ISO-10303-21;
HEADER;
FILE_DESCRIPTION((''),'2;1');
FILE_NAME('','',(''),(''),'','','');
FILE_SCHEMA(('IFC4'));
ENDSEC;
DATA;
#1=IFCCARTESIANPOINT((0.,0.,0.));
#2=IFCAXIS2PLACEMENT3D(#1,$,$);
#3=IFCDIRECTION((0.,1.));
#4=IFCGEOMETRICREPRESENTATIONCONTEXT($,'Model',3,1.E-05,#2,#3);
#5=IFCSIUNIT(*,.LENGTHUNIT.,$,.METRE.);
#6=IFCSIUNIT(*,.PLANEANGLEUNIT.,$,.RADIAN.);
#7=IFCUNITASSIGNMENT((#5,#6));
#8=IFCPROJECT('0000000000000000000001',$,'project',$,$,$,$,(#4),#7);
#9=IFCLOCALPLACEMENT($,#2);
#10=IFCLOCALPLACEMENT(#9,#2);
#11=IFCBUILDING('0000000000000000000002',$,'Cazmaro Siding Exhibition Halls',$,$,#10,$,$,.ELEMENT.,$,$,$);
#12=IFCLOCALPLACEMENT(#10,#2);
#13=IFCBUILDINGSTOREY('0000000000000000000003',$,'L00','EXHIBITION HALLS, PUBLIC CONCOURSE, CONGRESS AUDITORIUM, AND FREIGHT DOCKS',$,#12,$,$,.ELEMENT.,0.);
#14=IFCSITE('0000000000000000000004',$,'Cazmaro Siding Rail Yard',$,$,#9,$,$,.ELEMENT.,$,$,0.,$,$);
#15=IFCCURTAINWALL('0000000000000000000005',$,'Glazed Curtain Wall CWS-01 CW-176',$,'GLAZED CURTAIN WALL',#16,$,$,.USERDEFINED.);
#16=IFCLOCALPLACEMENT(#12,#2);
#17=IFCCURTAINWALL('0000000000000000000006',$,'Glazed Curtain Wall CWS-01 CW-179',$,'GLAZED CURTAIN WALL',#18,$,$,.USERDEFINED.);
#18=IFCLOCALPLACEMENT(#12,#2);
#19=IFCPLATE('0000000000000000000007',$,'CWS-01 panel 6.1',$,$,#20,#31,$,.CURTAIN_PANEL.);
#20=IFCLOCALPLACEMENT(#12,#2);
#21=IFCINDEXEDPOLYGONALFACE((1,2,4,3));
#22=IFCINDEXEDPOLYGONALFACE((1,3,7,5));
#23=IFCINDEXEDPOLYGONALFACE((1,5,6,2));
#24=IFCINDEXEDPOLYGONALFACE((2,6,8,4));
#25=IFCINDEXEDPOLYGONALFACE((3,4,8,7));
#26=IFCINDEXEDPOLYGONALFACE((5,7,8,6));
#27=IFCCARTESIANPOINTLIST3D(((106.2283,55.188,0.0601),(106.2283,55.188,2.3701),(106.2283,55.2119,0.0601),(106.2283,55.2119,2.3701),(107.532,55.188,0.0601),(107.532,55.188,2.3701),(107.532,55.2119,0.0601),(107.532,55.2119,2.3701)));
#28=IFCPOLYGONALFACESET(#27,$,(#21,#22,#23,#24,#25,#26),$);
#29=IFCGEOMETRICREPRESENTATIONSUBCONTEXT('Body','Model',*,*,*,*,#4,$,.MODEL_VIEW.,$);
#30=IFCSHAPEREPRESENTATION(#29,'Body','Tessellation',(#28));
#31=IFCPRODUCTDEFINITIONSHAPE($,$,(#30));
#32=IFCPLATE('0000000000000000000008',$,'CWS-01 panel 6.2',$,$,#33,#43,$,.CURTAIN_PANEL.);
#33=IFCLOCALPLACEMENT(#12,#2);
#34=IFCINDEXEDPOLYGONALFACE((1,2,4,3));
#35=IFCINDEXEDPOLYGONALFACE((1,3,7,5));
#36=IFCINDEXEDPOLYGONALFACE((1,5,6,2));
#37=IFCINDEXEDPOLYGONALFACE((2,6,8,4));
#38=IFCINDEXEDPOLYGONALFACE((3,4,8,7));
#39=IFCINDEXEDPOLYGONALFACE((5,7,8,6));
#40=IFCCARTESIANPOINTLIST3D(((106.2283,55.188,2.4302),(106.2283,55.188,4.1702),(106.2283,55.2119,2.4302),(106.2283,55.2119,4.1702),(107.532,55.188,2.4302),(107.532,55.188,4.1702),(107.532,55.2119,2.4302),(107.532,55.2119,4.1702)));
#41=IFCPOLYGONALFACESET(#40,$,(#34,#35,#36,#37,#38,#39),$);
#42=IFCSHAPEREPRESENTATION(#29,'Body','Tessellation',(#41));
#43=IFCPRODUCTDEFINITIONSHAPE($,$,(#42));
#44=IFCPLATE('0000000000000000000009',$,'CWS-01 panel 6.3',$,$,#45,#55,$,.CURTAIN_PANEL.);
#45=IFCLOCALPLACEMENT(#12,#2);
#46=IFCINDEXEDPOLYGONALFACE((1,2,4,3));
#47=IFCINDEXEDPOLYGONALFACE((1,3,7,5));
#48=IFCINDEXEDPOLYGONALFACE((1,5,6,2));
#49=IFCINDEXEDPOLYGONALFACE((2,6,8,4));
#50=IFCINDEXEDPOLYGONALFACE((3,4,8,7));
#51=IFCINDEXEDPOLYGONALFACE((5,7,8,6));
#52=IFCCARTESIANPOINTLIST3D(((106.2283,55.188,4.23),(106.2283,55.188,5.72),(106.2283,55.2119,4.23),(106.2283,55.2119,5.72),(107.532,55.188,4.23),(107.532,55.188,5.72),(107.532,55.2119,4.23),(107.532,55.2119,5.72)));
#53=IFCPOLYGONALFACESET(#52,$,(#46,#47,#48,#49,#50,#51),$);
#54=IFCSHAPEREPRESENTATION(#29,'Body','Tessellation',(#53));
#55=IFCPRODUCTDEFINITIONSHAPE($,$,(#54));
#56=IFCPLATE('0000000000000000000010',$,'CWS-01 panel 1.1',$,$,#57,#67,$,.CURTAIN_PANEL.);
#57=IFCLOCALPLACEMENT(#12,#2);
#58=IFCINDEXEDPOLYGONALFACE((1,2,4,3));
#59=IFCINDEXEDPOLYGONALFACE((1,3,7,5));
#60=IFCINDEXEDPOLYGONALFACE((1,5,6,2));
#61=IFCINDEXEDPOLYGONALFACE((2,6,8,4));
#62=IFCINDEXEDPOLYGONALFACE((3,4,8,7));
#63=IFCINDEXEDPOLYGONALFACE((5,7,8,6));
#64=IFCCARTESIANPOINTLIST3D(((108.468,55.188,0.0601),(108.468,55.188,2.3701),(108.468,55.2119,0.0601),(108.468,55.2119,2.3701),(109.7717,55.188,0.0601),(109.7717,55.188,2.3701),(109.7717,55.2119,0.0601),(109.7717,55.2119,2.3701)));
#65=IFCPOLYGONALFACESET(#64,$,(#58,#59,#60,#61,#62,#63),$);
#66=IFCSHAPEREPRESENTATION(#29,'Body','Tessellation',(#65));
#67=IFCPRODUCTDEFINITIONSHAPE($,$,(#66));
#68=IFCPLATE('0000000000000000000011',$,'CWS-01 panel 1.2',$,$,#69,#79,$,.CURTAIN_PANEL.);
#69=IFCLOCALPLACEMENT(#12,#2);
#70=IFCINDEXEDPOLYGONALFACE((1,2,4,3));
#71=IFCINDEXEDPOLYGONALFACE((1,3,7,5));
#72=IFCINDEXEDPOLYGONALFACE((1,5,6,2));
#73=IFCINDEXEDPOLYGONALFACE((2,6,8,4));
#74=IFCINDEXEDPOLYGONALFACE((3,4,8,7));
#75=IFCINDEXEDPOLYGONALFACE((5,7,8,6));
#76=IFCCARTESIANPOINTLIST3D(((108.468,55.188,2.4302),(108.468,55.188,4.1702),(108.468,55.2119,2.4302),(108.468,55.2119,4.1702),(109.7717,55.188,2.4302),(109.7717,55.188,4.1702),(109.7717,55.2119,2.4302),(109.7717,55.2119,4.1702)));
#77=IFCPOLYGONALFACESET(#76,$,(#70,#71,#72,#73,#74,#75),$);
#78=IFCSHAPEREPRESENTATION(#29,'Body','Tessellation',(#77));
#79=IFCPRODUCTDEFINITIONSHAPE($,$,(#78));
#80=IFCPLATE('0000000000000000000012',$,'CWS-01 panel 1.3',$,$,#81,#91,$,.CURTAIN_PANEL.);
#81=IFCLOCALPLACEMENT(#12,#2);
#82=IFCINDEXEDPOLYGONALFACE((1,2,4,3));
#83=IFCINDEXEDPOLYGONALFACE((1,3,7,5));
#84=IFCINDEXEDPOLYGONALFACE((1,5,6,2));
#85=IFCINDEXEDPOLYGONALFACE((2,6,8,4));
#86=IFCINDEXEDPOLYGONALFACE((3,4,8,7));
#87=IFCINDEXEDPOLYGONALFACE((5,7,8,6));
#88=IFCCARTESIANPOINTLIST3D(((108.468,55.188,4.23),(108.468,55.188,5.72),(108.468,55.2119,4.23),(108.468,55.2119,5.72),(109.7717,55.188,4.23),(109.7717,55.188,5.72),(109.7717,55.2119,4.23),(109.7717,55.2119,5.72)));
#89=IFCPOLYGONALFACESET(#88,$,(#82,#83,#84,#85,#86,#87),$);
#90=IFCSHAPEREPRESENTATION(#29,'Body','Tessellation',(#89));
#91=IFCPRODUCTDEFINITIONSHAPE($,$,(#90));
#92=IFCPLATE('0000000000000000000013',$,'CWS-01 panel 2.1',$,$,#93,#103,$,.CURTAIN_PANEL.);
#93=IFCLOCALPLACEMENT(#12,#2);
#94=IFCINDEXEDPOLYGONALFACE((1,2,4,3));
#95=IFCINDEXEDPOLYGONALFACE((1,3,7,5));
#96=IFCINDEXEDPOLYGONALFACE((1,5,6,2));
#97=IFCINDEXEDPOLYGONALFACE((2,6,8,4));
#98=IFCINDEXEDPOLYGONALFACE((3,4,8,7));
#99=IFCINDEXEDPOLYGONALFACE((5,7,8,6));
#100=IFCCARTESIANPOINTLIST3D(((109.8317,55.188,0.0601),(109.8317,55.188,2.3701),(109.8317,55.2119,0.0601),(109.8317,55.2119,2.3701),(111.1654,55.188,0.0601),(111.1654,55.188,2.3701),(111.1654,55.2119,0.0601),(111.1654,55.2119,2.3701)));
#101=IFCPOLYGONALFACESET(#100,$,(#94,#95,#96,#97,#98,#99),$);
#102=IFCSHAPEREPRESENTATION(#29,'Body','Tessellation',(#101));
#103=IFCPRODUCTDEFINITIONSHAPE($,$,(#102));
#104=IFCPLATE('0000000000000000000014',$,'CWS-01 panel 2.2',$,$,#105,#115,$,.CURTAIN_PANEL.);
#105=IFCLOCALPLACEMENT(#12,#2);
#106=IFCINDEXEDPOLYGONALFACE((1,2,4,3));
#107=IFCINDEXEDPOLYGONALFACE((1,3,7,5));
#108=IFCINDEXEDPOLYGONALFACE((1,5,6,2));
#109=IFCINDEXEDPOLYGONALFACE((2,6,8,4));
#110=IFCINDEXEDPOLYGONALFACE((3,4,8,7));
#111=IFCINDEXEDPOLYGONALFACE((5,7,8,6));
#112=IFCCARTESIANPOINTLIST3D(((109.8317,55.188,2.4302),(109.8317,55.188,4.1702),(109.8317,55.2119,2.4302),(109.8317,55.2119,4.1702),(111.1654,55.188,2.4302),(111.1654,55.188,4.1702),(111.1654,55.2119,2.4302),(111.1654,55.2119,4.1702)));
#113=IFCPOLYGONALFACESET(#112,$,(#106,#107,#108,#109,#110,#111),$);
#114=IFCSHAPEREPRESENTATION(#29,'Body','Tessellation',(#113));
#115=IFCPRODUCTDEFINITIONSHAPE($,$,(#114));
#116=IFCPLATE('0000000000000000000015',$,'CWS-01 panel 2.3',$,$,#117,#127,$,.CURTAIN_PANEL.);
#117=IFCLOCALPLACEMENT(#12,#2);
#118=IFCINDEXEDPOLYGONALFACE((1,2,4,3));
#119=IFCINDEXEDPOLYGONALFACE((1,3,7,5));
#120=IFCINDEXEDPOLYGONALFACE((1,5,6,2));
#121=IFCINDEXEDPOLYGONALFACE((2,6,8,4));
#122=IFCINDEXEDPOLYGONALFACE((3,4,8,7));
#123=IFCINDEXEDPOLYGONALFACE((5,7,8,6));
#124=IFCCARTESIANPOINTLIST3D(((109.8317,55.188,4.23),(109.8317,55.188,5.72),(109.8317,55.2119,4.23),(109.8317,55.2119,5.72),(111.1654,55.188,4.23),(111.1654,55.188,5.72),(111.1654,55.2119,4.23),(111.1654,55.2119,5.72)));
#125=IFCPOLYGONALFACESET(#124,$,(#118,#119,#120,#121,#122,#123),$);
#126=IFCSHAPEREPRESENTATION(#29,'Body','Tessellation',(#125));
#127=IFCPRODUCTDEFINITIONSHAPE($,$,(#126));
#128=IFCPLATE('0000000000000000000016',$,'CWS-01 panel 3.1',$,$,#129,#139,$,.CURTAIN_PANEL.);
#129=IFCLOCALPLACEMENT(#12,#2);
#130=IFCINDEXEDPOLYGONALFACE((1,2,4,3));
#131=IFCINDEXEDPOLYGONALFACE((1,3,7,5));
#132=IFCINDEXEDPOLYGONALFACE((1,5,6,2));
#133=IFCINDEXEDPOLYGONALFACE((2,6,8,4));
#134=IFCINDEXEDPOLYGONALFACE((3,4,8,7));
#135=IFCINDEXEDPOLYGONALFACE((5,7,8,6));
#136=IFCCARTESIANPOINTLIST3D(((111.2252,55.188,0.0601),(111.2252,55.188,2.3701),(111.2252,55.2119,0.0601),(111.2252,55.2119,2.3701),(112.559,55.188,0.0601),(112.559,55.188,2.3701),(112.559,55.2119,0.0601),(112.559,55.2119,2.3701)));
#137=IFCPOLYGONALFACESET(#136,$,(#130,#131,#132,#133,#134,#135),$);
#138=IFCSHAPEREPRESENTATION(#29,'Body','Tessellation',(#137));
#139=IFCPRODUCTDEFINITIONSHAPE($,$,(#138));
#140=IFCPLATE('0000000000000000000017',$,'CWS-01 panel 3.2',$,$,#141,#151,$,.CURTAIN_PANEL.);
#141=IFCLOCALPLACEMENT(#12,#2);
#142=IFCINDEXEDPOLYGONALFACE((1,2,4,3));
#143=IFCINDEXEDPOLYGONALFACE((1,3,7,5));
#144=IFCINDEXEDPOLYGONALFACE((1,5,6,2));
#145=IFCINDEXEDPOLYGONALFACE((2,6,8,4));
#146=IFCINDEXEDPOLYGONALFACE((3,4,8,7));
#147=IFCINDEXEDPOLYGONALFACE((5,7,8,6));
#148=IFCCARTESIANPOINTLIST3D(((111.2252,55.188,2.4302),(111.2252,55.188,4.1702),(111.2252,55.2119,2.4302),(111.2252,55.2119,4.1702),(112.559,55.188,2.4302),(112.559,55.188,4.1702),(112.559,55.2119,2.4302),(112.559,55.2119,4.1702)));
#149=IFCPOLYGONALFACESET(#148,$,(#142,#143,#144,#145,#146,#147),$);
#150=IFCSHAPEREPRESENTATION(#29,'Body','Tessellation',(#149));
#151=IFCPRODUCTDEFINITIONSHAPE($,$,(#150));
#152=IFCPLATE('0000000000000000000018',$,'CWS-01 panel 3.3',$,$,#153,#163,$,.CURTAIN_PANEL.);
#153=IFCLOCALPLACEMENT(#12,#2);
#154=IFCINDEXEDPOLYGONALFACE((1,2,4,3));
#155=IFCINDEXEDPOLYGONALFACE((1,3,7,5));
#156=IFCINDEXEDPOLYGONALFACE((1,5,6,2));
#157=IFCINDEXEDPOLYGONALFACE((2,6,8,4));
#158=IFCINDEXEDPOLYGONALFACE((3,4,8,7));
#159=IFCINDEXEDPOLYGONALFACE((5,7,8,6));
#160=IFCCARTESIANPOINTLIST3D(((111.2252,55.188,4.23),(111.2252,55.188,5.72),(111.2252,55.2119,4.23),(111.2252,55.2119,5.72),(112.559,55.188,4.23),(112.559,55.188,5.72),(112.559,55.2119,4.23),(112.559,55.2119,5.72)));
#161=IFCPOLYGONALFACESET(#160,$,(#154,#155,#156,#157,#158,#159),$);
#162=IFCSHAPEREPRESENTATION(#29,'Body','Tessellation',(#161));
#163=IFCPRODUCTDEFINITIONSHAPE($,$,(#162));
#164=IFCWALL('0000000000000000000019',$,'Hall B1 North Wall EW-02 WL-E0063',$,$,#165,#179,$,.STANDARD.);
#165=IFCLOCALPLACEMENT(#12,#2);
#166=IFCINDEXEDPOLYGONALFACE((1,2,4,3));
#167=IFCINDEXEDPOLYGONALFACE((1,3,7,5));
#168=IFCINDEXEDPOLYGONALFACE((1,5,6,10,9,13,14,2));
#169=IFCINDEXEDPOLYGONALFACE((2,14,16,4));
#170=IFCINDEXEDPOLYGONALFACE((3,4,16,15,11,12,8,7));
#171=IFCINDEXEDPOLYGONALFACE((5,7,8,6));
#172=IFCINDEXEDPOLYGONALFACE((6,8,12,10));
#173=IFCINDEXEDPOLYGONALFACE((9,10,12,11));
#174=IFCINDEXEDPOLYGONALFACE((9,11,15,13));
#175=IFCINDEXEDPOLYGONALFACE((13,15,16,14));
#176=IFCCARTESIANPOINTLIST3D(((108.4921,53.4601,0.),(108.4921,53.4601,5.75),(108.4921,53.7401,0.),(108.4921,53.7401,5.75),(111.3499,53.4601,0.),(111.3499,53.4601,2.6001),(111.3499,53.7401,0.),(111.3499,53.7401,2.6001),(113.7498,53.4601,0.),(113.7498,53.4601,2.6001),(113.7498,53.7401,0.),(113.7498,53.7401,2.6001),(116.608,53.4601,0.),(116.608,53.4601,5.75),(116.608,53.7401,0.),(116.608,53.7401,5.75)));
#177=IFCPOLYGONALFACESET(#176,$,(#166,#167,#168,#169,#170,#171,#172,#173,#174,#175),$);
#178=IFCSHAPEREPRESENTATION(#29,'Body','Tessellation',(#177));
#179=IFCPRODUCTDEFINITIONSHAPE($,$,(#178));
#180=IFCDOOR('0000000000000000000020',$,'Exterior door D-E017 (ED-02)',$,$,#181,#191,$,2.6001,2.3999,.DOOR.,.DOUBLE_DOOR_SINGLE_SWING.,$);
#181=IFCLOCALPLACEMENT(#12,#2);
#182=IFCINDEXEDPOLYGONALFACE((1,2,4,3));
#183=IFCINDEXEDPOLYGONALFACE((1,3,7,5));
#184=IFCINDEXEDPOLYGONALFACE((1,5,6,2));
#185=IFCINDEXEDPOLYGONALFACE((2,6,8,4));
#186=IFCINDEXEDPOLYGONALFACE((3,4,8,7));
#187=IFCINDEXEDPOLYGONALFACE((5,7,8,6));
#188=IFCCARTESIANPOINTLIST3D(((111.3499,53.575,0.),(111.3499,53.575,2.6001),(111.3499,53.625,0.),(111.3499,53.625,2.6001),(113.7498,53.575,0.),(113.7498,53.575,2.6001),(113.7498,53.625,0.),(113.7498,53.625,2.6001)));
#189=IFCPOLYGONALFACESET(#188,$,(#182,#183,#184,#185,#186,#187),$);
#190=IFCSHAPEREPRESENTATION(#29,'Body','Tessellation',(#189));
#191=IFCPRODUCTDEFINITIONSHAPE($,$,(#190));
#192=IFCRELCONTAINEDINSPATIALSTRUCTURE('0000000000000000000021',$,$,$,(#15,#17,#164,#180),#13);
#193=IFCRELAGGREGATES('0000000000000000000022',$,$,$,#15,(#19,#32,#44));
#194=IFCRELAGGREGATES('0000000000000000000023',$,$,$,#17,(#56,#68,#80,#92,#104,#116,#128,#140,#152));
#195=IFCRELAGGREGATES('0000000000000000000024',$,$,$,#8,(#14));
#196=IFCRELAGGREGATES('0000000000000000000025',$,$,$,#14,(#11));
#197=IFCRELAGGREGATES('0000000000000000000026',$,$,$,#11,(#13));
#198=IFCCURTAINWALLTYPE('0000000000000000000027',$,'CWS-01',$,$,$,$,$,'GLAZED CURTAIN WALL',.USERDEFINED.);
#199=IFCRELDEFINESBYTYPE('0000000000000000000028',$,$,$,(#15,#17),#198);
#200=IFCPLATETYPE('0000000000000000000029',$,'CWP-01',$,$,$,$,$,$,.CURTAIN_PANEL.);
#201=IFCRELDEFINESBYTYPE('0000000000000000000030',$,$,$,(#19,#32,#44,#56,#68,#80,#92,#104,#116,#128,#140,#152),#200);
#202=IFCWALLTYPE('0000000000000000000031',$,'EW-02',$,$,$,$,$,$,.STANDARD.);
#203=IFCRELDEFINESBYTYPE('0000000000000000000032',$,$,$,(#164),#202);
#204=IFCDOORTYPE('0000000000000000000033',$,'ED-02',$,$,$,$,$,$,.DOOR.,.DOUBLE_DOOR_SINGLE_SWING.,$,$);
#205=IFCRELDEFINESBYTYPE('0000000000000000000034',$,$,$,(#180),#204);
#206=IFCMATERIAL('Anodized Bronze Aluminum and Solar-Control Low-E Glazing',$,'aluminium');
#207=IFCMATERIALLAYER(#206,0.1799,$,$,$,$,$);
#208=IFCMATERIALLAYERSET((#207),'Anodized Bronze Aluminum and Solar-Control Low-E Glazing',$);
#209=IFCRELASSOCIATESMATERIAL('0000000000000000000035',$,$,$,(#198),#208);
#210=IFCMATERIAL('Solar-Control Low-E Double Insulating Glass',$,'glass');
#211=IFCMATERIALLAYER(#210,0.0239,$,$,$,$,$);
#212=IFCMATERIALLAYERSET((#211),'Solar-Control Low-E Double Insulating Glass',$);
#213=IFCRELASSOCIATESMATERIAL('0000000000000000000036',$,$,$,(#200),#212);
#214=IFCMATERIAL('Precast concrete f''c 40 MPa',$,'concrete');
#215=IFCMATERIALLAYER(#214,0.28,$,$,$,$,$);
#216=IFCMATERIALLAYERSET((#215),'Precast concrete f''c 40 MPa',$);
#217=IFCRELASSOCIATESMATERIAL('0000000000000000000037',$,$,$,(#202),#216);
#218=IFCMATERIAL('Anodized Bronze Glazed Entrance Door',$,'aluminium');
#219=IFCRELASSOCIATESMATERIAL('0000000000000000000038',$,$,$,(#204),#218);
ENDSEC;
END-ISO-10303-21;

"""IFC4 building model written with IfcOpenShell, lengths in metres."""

from ifc_helpers import new_model, si_unit, direction, frame, frame_2d, origin, origin_2d, place, context, subcontext, project, spatial, rectangle, extrude, material, layer, layer_set, type_object, element, fill, aggregate, save


model = new_model("IFC4")

# Units and contexts
model_context = context("Model", 3, precision=1e-05, world=origin(), true_north=direction((0.0, 1.0)))
body_context = subcontext(model_context, "Body", "Model", "MODEL_VIEW")
ifc_project = project(units=[si_unit("LENGTHUNIT", "METRE"), si_unit("PLANEANGLEUNIT", "RADIAN")], contexts=[model_context])

# Site, building, storey
site_placement = place(None, origin())
site = spatial("IfcSite", under=ifc_project, at=site_placement, Name="Cazmaro Siding Rail Yard", CompositionType="ELEMENT", RefElevation=0.0)
building_placement = place(site_placement, origin())
building = spatial("IfcBuilding", under=site, at=building_placement, Name="Cazmaro Siding Exhibition Halls", CompositionType="ELEMENT")
storey_placement = place(building_placement, origin())
storey = spatial("IfcBuildingStorey", under=building, at=storey_placement, Name="L00", Description="EXHIBITION HALLS, PUBLIC CONCOURSE, CONGRESS AUDITORIUM, AND FREIGHT DOCKS", CompositionType="ELEMENT", Elevation=0.0)

# Curtain wall
ifc_material_1 = material(Name="Anodized Bronze Aluminum and Solar-Control Low-E Glazing", Category="aluminium")
ifc_layer_1 = layer(ifc_material_1, 0.1799)
ifc_layer_set_1 = layer_set([ifc_layer_1], Name="Anodized Bronze Aluminum and Solar-Control Low-E Glazing")
curtain_wall_type = type_object("IfcCurtainWallType", Name="CWS-01", ElementType="GLAZED CURTAIN WALL", PredefinedType="USERDEFINED", material=ifc_layer_set_1)
curtain_wall_1_placement = place(storey_placement, origin())
curtain_wall_1 = element("IfcCurtainWall", 1, at=curtain_wall_1_placement, inside=storey, type_object=curtain_wall_type, Name="Glazed Curtain Wall CWS-01 CW-176", ObjectType="GLAZED CURTAIN WALL", PredefinedType="USERDEFINED")

# Curtain wall
curtain_wall_2_placement = place(storey_placement, origin())
curtain_wall_2 = element("IfcCurtainWall", 2, at=curtain_wall_2_placement, inside=storey, type_object=curtain_wall_type, Name="Glazed Curtain Wall CWS-01 CW-179", ObjectType="GLAZED CURTAIN WALL", PredefinedType="USERDEFINED")

# Plates
ifc_material_2 = material(Name="Solar-Control Low-E Double Insulating Glass", Category="glass")
ifc_layer_2 = layer(ifc_material_2, 0.0239)
ifc_layer_set_2 = layer_set([ifc_layer_2], Name="Solar-Control Low-E Double Insulating Glass")
plate_type = type_object("IfcPlateType", Name="CWP-01", PredefinedType="CURTAIN_PANEL", material=ifc_layer_set_2)
plate_1_placement = place(storey_placement, frame((106.8801, 55.2, 0.0601), z_axis=(0.0, 0.0, 1.0), x_axis=(1.0, 0.0, 0.0)))
plate_1 = element("IfcPlate", 3, at=plate_1_placement, type_object=plate_type, Name="CWS-01 panel 6.1", PredefinedType="CURTAIN_PANEL", context=body_context, shape_type="SweptSolid", body=[
    extrude(rectangle(XDim=1.3037, YDim=0.0239, at=origin_2d()), origin(), (0.0, 0.0, 1.0), 2.3101),
])
plate_2_placement = place(storey_placement, frame((106.8801, 55.2, 2.4302), z_axis=(0.0, 0.0, 1.0), x_axis=(1.0, 0.0, 0.0)))
plate_2 = element("IfcPlate", 4, at=plate_2_placement, type_object=plate_type, Name="CWS-01 panel 6.2", PredefinedType="CURTAIN_PANEL", context=body_context, shape_type="SweptSolid", body=[
    extrude(rectangle(XDim=1.3037, YDim=0.0239, at=origin_2d()), origin(), (0.0, 0.0, 1.0), 1.74),
])
plate_3_placement = place(storey_placement, frame((106.8801, 55.2, 4.23), z_axis=(0.0, 0.0, 1.0), x_axis=(1.0, 0.0, 0.0)))
plate_3 = element("IfcPlate", 5, at=plate_3_placement, type_object=plate_type, Name="CWS-01 panel 6.3", PredefinedType="CURTAIN_PANEL", context=body_context, shape_type="SweptSolid", body=[
    extrude(rectangle(XDim=1.3037, YDim=0.0239, at=origin_2d()), origin(), (0.0, 0.0, 1.0), 1.49),
])
aggregate(curtain_wall_1, [plate_1, plate_2, plate_3])
plate_4_placement = place(storey_placement, frame((109.1199, 55.2, 0.0601), z_axis=(0.0, 0.0, 1.0), x_axis=(1.0, 0.0, 0.0)))
plate_4 = element("IfcPlate", 6, at=plate_4_placement, type_object=plate_type, Name="CWS-01 panel 1.1", PredefinedType="CURTAIN_PANEL", context=body_context, shape_type="SweptSolid", body=[
    extrude(rectangle(XDim=1.3037, YDim=0.0239, at=origin_2d()), origin(), (0.0, 0.0, 1.0), 2.3101),
])
plate_5_placement = place(storey_placement, frame((109.1199, 55.2, 2.4302), z_axis=(0.0, 0.0, 1.0), x_axis=(1.0, 0.0, 0.0)))
plate_5 = element("IfcPlate", 7, at=plate_5_placement, type_object=plate_type, Name="CWS-01 panel 1.2", PredefinedType="CURTAIN_PANEL", context=body_context, shape_type="SweptSolid", body=[
    extrude(rectangle(XDim=1.3037, YDim=0.0239, at=origin_2d()), origin(), (0.0, 0.0, 1.0), 1.74),
])
plate_6_placement = place(storey_placement, frame((109.1199, 55.2, 4.23), z_axis=(0.0, 0.0, 1.0), x_axis=(1.0, 0.0, 0.0)))
plate_6 = element("IfcPlate", 8, at=plate_6_placement, type_object=plate_type, Name="CWS-01 panel 1.3", PredefinedType="CURTAIN_PANEL", context=body_context, shape_type="SweptSolid", body=[
    extrude(rectangle(XDim=1.3037, YDim=0.0239, at=origin_2d()), origin(), (0.0, 0.0, 1.0), 1.49),
])
plate_7_placement = place(storey_placement, frame((110.4985, 55.2, 0.0601), z_axis=(0.0, 0.0, 1.0), x_axis=(1.0, 0.0, 0.0)))
plate_7 = element("IfcPlate", 9, at=plate_7_placement, type_object=plate_type, Name="CWS-01 panel 2.1", PredefinedType="CURTAIN_PANEL", context=body_context, shape_type="SweptSolid", body=[
    extrude(rectangle(XDim=1.3337, YDim=0.0239, at=origin_2d()), origin(), (0.0, 0.0, 1.0), 2.3101),
])
plate_8_placement = place(storey_placement, frame((110.4985, 55.2, 2.4302), z_axis=(0.0, 0.0, 1.0), x_axis=(1.0, 0.0, 0.0)))
plate_8 = element("IfcPlate", 10, at=plate_8_placement, type_object=plate_type, Name="CWS-01 panel 2.2", PredefinedType="CURTAIN_PANEL", context=body_context, shape_type="SweptSolid", body=[
    extrude(rectangle(XDim=1.3337, YDim=0.0239, at=origin_2d()), origin(), (0.0, 0.0, 1.0), 1.74),
])
plate_9_placement = place(storey_placement, frame((110.4985, 55.2, 4.23), z_axis=(0.0, 0.0, 1.0), x_axis=(1.0, 0.0, 0.0)))
plate_9 = element("IfcPlate", 11, at=plate_9_placement, type_object=plate_type, Name="CWS-01 panel 2.3", PredefinedType="CURTAIN_PANEL", context=body_context, shape_type="SweptSolid", body=[
    extrude(rectangle(XDim=1.3337, YDim=0.0239, at=origin_2d()), origin(), (0.0, 0.0, 1.0), 1.49),
])
plate_10_placement = place(storey_placement, frame((111.8921, 55.2, 0.0601), z_axis=(0.0, 0.0, 1.0), x_axis=(1.0, 0.0, 0.0)))
plate_10 = element("IfcPlate", 12, at=plate_10_placement, type_object=plate_type, Name="CWS-01 panel 3.1", PredefinedType="CURTAIN_PANEL", context=body_context, shape_type="SweptSolid", body=[
    extrude(rectangle(XDim=1.3337, YDim=0.0239, at=origin_2d()), origin(), (0.0, 0.0, 1.0), 2.3101),
])
plate_11_placement = place(storey_placement, frame((111.8921, 55.2, 2.4302), z_axis=(0.0, 0.0, 1.0), x_axis=(1.0, 0.0, 0.0)))
plate_11 = element("IfcPlate", 13, at=plate_11_placement, type_object=plate_type, Name="CWS-01 panel 3.2", PredefinedType="CURTAIN_PANEL", context=body_context, shape_type="SweptSolid", body=[
    extrude(rectangle(XDim=1.3337, YDim=0.0239, at=origin_2d()), origin(), (0.0, 0.0, 1.0), 1.74),
])
plate_12_placement = place(storey_placement, frame((111.8921, 55.2, 4.23), z_axis=(0.0, 0.0, 1.0), x_axis=(1.0, 0.0, 0.0)))
plate_12 = element("IfcPlate", 14, at=plate_12_placement, type_object=plate_type, Name="CWS-01 panel 3.3", PredefinedType="CURTAIN_PANEL", context=body_context, shape_type="SweptSolid", body=[
    extrude(rectangle(XDim=1.3337, YDim=0.0239, at=origin_2d()), origin(), (0.0, 0.0, 1.0), 1.49),
])
aggregate(curtain_wall_2, [plate_4, plate_5, plate_6, plate_7, plate_8, plate_9, plate_10, plate_11, plate_12])

# Wall, opening, door
ifc_material_3 = material(Name="Precast concrete f'c 40 MPa", Category="concrete")
ifc_layer_3 = layer(ifc_material_3, 0.28)
ifc_layer_set_3 = layer_set([ifc_layer_3], Name="Precast concrete f'c 40 MPa")
wall_type = type_object("IfcWallType", Name="EW-02", PredefinedType="STANDARD", material=ifc_layer_set_3)
wall_placement = place(storey_placement, frame((108.4919, 53.6001, 0.0), z_axis=(0.0, 0.0, 1.0), x_axis=(1.0, 0.0, 0.0)))
wall = element("IfcWall", 15, at=wall_placement, inside=storey, type_object=wall_type, Name="Hall B1 North Wall EW-02 WL-E0063", PredefinedType="STANDARD", context=body_context, shape_type="SweptSolid", body=[
    extrude(rectangle(XDim=8.116, YDim=0.28, at=frame_2d((4.0581, 0.0))), origin(), (0.0, 0.0, 1.0), 5.75),
])
opening_placement = place(wall_placement, frame((2.8579, 0.0, 0.0)))
opening = element("IfcOpeningElement", 16, at=opening_placement, cuts=wall, PredefinedType="OPENING", context=body_context, shape_type="SweptSolid", body=[
    extrude(rectangle(XDim=2.3999, YDim=2.6001, at=frame_2d((1.2, 1.3))), frame((0.0, 0.1499, 0.0), z_axis=(0.0, -1.0, 0.0), x_axis=(1.0, 0.0, 0.0)), (0.0, 0.0, 1.0), 0.3),
])
ifc_material_4 = material(Name="Anodized Bronze Glazed Entrance Door", Category="aluminium")
door_type = type_object("IfcDoorType", Name="ED-02", OperationType="DOUBLE_DOOR_SINGLE_SWING", PredefinedType="DOOR", material=ifc_material_4)
door_placement = place(opening_placement, origin())
door = element("IfcDoor", 17, at=door_placement, inside=storey, type_object=door_type, Name="Exterior door D-E017 (ED-02)", OperationType="DOUBLE_DOOR_SINGLE_SWING", OverallHeight=2.6001, OverallWidth=2.3999, PredefinedType="DOOR", context=body_context, shape_type="SweptSolid", body=[
    extrude(rectangle(XDim=2.3999, YDim=2.6001, at=frame_2d((1.2, 1.3))), frame((0.0, 0.0249, 0.0), z_axis=(0.0, -1.0, 0.0), x_axis=(1.0, 0.0, 0.0)), (0.0, 0.0, 1.0), 0.05),
])
fill(opening, door)

save(model, "model.ifc")
